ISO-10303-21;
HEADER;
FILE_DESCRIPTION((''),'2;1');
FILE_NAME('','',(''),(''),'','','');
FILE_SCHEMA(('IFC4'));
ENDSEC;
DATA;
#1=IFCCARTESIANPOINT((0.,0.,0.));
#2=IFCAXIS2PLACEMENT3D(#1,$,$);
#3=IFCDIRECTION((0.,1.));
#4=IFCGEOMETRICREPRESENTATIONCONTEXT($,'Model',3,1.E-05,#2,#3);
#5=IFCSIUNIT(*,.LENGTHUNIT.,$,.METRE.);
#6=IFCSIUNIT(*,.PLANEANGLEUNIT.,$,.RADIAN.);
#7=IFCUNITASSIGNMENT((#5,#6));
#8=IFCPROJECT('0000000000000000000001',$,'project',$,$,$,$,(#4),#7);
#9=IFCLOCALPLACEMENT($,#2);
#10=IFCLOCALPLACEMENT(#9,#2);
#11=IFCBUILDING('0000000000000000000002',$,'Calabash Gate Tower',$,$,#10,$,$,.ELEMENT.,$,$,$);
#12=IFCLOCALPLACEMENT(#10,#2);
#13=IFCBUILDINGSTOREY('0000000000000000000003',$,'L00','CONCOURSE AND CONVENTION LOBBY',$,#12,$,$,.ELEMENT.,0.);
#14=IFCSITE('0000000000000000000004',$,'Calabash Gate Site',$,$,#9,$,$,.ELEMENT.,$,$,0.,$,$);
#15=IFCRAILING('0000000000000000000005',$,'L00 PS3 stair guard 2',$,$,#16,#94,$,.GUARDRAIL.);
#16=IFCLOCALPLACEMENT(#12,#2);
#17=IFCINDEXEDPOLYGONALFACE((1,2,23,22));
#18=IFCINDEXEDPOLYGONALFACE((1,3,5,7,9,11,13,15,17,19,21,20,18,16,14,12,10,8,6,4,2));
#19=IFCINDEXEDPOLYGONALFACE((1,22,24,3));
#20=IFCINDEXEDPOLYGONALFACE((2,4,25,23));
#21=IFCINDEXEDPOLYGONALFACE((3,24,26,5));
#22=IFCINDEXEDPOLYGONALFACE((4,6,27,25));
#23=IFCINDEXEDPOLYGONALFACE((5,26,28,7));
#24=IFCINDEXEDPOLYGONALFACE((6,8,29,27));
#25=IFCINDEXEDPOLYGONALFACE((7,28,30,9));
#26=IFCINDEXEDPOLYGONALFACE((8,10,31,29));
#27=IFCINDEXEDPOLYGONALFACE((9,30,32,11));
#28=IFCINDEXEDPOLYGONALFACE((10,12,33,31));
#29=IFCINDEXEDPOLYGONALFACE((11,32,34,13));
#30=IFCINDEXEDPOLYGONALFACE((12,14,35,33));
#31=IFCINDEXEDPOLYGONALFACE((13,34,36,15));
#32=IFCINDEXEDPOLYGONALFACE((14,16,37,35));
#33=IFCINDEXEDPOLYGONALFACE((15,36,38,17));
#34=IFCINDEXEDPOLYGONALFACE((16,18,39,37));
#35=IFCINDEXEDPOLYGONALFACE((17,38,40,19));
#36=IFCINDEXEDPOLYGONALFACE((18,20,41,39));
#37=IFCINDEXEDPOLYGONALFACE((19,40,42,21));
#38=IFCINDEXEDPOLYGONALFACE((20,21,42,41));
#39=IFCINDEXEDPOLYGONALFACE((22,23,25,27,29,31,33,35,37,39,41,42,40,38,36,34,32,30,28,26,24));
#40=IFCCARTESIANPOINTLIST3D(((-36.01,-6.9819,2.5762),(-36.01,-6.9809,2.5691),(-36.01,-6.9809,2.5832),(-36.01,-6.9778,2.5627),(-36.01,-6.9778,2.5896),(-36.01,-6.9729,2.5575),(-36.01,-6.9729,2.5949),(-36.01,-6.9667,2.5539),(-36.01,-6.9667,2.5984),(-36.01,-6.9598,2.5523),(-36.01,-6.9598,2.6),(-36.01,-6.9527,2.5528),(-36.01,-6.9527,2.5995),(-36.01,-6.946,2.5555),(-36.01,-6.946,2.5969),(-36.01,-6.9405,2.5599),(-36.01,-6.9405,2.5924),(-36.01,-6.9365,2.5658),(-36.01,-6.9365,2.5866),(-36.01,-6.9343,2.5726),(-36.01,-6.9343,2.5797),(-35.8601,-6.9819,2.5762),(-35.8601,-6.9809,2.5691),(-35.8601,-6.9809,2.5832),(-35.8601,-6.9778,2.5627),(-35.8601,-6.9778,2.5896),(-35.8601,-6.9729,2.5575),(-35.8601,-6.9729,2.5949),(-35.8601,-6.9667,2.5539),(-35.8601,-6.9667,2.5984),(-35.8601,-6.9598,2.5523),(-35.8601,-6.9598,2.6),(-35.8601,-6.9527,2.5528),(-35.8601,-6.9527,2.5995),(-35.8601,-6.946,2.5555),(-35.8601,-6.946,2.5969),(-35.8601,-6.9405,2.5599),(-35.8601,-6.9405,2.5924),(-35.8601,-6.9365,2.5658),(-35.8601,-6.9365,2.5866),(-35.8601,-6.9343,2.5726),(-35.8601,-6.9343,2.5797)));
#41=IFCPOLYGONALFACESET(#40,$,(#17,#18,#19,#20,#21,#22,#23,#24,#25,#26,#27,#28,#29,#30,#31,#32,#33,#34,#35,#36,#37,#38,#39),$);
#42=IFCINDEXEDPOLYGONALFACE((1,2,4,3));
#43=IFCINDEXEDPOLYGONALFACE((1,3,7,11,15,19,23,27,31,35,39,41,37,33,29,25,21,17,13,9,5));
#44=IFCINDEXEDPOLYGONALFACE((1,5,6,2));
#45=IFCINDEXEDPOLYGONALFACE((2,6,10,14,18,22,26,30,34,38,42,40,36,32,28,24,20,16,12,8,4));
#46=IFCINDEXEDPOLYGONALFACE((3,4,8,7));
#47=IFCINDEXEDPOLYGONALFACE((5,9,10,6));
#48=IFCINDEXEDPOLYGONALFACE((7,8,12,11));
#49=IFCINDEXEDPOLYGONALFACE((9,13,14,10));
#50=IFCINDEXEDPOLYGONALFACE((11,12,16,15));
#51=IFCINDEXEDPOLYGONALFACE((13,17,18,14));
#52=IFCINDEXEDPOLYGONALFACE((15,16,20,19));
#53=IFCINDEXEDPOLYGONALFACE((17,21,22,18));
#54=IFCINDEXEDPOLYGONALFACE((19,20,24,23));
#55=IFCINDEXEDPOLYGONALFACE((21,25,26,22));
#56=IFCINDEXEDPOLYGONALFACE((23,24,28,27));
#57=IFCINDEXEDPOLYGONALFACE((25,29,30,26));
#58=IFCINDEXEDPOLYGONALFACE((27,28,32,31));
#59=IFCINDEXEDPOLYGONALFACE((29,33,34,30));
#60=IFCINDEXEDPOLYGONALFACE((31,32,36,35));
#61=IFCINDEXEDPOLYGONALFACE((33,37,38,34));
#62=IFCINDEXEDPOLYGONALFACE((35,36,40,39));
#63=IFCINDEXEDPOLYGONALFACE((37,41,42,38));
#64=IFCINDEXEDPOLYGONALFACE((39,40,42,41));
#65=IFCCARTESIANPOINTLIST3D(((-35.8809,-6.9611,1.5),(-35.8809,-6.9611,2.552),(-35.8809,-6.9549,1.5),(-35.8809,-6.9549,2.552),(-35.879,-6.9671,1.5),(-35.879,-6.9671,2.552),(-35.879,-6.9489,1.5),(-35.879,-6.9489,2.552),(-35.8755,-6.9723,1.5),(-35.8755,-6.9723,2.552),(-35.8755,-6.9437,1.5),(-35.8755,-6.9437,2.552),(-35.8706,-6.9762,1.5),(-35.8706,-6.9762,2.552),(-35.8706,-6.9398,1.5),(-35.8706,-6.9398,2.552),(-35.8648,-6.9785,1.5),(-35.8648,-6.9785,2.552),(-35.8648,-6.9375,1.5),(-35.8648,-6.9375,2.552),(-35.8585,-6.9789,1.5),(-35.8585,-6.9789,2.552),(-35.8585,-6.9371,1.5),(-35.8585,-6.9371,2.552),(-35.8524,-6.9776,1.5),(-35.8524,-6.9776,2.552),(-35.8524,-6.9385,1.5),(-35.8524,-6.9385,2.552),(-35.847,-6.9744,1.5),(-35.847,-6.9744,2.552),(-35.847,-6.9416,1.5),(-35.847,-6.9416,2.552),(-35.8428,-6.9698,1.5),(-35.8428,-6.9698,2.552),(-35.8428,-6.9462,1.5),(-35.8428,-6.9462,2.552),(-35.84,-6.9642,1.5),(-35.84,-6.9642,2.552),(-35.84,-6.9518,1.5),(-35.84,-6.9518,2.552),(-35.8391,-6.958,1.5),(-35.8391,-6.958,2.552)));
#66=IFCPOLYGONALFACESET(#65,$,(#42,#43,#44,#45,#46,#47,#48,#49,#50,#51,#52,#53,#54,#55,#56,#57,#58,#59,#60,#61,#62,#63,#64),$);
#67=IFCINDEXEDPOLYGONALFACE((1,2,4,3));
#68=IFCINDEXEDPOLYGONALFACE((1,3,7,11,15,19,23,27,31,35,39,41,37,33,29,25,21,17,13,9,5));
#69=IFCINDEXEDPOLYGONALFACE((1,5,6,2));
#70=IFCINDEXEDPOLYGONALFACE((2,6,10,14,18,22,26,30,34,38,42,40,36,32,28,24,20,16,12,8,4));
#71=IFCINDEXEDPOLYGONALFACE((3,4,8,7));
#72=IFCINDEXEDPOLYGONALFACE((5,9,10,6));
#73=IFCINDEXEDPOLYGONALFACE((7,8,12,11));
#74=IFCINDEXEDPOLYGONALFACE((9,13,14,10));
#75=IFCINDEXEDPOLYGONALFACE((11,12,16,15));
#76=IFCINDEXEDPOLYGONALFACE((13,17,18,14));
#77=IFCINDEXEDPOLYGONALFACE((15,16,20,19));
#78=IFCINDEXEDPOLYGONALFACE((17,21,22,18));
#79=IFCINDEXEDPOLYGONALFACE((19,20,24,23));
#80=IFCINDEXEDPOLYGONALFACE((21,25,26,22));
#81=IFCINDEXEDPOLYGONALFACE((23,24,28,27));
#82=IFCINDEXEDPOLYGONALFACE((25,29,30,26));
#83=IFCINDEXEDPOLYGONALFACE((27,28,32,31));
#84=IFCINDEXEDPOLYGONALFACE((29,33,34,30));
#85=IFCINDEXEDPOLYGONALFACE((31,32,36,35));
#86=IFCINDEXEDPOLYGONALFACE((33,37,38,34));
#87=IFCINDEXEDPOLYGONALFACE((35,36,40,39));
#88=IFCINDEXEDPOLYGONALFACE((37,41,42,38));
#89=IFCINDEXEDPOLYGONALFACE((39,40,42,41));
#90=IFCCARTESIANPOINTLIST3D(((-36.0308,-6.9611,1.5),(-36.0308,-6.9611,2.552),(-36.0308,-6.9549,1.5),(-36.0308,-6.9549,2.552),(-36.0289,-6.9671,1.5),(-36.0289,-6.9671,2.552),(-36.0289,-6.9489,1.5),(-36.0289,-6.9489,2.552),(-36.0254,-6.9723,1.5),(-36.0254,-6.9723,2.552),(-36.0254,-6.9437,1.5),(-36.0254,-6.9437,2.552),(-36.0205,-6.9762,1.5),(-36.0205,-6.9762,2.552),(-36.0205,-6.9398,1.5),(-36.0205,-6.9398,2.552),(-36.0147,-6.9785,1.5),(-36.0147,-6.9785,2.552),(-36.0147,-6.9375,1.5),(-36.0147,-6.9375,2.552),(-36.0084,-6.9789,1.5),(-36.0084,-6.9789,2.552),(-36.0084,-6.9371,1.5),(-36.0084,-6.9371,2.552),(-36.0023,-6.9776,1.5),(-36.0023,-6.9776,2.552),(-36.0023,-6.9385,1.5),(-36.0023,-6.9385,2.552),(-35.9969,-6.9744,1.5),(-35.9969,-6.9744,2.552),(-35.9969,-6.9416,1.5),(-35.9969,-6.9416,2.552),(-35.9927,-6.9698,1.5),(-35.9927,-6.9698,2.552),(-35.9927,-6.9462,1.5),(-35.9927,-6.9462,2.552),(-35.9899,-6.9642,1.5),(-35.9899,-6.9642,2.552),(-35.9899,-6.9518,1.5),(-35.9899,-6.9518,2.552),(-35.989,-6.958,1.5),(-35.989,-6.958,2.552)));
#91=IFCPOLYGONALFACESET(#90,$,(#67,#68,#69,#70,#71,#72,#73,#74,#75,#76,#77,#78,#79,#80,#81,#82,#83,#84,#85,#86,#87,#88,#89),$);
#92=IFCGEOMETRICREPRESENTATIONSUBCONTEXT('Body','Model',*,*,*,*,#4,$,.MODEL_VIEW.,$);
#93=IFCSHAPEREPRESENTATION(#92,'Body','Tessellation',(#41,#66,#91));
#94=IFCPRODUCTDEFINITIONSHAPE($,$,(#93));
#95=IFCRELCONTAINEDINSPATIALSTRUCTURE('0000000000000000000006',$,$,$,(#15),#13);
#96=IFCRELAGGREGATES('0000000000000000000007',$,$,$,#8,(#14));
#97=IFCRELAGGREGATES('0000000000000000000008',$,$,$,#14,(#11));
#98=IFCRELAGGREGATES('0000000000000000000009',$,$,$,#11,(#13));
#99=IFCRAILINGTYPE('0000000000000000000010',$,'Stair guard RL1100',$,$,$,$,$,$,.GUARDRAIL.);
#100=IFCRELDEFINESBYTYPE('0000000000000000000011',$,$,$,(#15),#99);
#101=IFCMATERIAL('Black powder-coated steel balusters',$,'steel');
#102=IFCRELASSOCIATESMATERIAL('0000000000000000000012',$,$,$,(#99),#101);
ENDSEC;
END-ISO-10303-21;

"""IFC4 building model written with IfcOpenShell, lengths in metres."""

from ifc_helpers import new_model, si_unit, direction, frame, origin, origin_2d, place, context, subcontext, project, spatial, circle, extrude, material, type_object, element, save


model = new_model("IFC4")

# Units and contexts
model_context = context("Model", 3, precision=1e-05, world=origin(), true_north=direction((0.0, 1.0)))
body_context = subcontext(model_context, "Body", "Model", "MODEL_VIEW")
ifc_project = project(units=[si_unit("LENGTHUNIT", "METRE"), si_unit("PLANEANGLEUNIT", "RADIAN")], contexts=[model_context])

# Site, building, storey
site_placement = place(None, origin())
site = spatial("IfcSite", under=ifc_project, at=site_placement, Name="Calabash Gate Site", CompositionType="ELEMENT", RefElevation=0.0)
building_placement = place(site_placement, origin())
building = spatial("IfcBuilding", under=site, at=building_placement, Name="Calabash Gate Tower", CompositionType="ELEMENT")
storey_placement = place(building_placement, origin())
storey = spatial("IfcBuildingStorey", under=building, at=storey_placement, Name="L00", Description="CONCOURSE AND CONVENTION LOBBY", CompositionType="ELEMENT", Elevation=0.0)

# Railing
ifc_material_1 = material(Name="Black powder-coated steel balusters", Category="steel")
railing_type_1 = type_object("IfcRailingType", Name="Stair guard RL1100", PredefinedType="GUARDRAIL", material=ifc_material_1)
railing_1_placement = place(storey_placement, frame((-35.8601, -6.958, 1.5)))
element("IfcRailing", 1, at=railing_1_placement, inside=storey, type_object=railing_type_1, Name="L00 PS3 stair guard 2", PredefinedType="GUARDRAIL", context=body_context, shape_type="SweptSolid", body=[
    extrude(circle(Radius=0.0239, at=origin_2d()), frame((0.0, 0.0, 1.0762), z_axis=(-1.0, 0.0, 0.0), x_axis=(0.0, -1.0, 0.0)), (0.0, 0.0, 1.0), 0.1499),
    extrude(circle(Radius=0.021, at=origin_2d()), origin(), (0.0, 0.0, 1.0), 1.052),
    extrude(circle(Radius=0.021, at=origin_2d()), frame((-0.1499, 0.0, 0.0)), (0.0, 0.0, 1.0), 1.052),
])

save(model, "model.ifc")
